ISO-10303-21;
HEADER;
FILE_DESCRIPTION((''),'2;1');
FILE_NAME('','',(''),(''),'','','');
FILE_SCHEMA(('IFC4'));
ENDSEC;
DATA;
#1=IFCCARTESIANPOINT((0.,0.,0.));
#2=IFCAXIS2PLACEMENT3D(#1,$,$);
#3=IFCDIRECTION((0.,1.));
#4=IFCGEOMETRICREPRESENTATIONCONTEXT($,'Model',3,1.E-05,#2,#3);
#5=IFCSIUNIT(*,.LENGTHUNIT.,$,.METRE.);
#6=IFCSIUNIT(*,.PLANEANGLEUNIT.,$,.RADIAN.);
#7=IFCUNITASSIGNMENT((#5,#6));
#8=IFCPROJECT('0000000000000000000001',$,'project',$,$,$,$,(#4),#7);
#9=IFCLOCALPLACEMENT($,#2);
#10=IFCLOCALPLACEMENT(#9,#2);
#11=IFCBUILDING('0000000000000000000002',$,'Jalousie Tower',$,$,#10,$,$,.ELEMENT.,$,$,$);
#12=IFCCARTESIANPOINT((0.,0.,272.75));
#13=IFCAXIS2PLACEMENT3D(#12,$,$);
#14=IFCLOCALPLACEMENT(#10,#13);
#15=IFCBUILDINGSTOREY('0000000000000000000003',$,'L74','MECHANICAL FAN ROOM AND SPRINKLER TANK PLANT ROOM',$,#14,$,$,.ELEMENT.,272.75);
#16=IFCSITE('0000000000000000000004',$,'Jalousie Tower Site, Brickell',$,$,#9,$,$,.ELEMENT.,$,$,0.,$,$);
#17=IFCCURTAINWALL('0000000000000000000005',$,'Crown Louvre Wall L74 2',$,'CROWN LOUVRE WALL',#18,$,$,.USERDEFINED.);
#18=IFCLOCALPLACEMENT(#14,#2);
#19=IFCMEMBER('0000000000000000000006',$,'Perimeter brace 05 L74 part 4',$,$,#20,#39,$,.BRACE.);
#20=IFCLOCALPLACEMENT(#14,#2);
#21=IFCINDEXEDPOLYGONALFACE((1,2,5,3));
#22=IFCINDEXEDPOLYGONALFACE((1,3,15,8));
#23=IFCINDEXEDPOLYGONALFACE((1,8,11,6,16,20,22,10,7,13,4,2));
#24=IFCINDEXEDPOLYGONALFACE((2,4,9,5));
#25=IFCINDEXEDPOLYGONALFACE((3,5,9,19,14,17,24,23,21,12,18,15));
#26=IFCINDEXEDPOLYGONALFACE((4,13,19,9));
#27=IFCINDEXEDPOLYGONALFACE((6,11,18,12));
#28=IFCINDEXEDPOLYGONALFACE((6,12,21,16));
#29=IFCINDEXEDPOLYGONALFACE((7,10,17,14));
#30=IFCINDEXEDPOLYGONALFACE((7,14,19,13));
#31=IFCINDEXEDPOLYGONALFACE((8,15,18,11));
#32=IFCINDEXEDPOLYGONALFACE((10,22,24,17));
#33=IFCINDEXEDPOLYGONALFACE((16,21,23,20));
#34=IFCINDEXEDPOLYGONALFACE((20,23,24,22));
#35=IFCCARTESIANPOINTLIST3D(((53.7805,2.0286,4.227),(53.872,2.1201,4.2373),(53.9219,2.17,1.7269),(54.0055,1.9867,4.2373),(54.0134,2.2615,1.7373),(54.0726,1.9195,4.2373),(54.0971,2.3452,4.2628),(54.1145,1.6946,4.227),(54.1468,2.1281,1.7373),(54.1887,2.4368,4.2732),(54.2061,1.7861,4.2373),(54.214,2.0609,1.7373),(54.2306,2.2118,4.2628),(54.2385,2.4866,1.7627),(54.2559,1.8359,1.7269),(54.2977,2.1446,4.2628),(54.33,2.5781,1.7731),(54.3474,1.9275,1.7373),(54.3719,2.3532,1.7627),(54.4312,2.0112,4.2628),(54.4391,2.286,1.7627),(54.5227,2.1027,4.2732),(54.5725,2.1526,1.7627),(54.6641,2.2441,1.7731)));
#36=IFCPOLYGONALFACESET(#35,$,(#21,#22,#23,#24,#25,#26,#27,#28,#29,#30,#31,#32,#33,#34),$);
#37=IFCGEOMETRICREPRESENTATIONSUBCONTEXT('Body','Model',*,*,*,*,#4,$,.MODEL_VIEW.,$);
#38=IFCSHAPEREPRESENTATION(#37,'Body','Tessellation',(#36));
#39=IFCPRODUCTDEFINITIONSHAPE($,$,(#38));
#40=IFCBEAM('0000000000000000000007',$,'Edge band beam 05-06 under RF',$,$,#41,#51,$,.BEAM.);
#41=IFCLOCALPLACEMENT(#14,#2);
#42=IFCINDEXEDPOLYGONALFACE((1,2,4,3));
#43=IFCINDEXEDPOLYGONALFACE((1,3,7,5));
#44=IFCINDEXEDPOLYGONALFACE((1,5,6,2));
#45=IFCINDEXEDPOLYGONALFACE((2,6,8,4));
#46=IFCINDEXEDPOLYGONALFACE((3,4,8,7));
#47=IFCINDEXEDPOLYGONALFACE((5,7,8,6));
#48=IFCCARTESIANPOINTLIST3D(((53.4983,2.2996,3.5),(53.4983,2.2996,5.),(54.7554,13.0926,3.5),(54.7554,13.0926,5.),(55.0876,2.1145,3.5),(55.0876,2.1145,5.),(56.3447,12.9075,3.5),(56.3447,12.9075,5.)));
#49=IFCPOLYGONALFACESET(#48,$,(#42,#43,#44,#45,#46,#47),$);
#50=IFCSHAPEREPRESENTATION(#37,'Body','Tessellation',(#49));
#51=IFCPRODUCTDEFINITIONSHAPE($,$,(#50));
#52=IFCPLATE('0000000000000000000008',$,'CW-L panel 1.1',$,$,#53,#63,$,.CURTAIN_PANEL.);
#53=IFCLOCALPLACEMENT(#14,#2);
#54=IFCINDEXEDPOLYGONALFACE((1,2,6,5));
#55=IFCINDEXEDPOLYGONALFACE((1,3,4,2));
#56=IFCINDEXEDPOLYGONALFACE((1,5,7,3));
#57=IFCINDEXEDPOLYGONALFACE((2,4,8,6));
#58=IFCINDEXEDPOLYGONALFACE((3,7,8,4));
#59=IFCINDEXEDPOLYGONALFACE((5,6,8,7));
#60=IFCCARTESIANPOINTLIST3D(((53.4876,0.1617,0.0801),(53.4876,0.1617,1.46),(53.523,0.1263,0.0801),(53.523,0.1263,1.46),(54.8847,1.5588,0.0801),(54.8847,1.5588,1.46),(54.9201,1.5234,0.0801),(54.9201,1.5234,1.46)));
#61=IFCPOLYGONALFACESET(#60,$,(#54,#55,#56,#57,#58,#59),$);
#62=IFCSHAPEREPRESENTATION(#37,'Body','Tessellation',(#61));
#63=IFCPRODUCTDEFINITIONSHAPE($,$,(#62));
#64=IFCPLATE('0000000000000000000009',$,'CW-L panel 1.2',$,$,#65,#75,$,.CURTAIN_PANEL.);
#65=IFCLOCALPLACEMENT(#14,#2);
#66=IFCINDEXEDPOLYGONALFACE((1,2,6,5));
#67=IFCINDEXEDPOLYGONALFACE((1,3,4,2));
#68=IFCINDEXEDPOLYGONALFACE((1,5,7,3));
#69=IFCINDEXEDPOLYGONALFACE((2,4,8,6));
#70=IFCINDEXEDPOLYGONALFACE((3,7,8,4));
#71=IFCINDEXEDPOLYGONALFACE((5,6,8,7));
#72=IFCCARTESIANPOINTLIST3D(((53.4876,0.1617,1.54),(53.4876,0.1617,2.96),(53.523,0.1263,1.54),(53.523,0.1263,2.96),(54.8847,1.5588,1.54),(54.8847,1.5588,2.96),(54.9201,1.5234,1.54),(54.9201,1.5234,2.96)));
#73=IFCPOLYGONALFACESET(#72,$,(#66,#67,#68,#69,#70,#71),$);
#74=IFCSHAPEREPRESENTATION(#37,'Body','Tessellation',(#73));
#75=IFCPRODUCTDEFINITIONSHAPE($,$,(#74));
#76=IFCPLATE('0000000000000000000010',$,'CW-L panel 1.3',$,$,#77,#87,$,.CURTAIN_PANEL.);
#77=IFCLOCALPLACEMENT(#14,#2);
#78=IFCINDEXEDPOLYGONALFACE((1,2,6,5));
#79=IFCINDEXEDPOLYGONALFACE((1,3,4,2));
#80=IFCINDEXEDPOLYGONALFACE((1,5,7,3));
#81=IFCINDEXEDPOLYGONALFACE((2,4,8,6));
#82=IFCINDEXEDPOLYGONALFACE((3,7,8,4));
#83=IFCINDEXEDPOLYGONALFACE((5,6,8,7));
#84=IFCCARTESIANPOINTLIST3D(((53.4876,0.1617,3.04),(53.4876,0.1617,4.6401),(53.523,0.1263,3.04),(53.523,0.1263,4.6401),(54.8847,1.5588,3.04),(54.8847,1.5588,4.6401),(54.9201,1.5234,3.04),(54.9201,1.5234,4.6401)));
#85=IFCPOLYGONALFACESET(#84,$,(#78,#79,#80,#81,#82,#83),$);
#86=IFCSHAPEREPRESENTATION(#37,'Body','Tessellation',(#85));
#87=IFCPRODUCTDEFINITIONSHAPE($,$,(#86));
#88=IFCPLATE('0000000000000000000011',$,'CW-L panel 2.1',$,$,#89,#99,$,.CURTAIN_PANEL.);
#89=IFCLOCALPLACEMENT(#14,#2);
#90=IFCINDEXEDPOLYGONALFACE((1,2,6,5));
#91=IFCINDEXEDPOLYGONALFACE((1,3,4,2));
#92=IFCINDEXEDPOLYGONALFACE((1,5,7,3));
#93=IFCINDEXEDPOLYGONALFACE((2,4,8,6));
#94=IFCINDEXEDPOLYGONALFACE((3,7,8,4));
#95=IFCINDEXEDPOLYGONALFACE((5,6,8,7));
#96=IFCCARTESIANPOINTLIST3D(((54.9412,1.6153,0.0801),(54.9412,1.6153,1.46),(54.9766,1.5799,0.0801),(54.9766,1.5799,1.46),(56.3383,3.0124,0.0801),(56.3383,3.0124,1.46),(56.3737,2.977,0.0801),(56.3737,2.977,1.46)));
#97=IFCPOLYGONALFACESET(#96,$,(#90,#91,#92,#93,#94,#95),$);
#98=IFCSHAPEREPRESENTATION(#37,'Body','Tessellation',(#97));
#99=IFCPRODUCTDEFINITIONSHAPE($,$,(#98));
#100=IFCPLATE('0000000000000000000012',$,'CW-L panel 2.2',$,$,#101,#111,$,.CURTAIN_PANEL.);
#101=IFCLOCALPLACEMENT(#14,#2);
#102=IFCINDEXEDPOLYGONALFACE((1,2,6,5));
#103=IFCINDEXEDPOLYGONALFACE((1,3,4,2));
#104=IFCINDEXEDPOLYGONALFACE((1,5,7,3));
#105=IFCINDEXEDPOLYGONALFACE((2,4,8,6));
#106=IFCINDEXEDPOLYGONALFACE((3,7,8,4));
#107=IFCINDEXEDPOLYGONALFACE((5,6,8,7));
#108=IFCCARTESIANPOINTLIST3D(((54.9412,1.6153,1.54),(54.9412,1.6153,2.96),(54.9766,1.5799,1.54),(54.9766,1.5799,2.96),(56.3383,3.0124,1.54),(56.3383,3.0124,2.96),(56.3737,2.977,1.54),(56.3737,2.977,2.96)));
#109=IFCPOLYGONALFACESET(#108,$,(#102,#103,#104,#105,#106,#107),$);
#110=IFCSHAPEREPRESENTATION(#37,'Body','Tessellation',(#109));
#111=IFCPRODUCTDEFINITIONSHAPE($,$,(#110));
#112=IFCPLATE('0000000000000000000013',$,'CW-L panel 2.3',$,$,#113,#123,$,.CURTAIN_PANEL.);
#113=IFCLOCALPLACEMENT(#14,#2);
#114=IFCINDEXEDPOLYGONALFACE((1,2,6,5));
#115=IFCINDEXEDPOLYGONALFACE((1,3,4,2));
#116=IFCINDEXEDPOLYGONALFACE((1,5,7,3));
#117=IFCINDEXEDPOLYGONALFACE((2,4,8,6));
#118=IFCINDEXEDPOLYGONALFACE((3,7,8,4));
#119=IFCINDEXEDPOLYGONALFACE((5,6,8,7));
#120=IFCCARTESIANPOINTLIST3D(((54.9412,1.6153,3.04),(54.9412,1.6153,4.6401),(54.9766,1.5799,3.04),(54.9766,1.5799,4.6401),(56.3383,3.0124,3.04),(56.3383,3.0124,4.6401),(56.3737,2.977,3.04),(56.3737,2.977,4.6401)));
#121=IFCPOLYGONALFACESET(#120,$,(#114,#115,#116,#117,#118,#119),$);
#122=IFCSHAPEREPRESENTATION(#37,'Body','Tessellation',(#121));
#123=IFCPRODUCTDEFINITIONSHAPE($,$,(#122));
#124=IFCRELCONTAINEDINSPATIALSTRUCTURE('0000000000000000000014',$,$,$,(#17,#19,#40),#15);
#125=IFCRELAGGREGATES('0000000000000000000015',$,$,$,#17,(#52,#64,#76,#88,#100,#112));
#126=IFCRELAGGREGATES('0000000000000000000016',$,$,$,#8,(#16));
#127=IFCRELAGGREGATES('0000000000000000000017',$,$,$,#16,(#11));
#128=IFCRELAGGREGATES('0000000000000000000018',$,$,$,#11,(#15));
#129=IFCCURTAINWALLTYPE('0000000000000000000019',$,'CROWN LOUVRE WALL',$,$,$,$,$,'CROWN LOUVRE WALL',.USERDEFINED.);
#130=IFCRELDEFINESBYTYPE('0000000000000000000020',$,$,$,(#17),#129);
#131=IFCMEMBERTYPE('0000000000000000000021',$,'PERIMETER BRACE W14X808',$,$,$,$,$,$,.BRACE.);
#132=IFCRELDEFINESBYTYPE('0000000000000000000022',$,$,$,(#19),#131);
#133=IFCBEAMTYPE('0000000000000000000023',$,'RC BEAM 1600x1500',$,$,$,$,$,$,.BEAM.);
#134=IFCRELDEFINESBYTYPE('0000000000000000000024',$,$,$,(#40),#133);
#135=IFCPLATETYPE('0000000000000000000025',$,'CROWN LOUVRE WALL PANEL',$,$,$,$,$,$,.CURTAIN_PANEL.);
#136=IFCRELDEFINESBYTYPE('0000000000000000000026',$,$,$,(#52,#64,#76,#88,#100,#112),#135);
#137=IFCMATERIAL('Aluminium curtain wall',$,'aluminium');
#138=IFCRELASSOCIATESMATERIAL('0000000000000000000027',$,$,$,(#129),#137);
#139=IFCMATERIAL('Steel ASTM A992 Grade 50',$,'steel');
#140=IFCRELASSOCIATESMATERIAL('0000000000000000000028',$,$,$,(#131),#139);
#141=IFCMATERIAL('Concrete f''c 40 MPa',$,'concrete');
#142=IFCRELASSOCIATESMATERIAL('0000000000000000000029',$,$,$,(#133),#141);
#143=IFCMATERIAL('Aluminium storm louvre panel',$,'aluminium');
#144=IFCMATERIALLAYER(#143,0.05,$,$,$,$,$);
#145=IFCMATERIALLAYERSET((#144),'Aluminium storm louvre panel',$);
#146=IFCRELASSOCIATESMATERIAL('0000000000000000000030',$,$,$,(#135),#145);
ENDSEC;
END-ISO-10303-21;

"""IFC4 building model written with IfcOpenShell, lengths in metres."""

from ifc_helpers import new_model, si_unit, direction, frame, origin, origin_2d, place, context, subcontext, project, spatial, rectangle, i_section, extrude, material, layer, layer_set, material_profile, profile_set, type_object, element, aggregate, save


model = new_model("IFC4")

# Units and contexts
model_context = context("Model", 3, precision=1e-05, world=origin(), true_north=direction((0.0, 1.0)))
body_context = subcontext(model_context, "Body", "Model", "MODEL_VIEW")
ifc_project = project(units=[si_unit("LENGTHUNIT", "METRE"), si_unit("PLANEANGLEUNIT", "RADIAN")], contexts=[model_context])

# Site, building, storey
site_placement = place(None, origin())
site = spatial("IfcSite", under=ifc_project, at=site_placement, Name="Jalousie Tower Site, Brickell", CompositionType="ELEMENT", RefElevation=0.0)
building_placement = place(site_placement, origin())
building = spatial("IfcBuilding", under=site, at=building_placement, Name="Jalousie Tower", CompositionType="ELEMENT")
storey_placement = place(building_placement, frame((0.0, 0.0, 272.75)))
storey = spatial("IfcBuildingStorey", under=building, at=storey_placement, Name="L74", Description="MECHANICAL FAN ROOM AND SPRINKLER TANK PLANT ROOM", CompositionType="ELEMENT", Elevation=272.75)

# Curtain wall
ifc_material_1 = material(Name="Aluminium curtain wall", Category="aluminium")
curtain_wall_type = type_object("IfcCurtainWallType", Name="CROWN LOUVRE WALL", ElementType="CROWN LOUVRE WALL", PredefinedType="USERDEFINED", material=ifc_material_1)
curtain_wall_placement = place(storey_placement, origin())
curtain_wall = element("IfcCurtainWall", 1, at=curtain_wall_placement, inside=storey, type_object=curtain_wall_type, Name="Crown Louvre Wall L74 2", ObjectType="CROWN LOUVRE WALL", PredefinedType="USERDEFINED")

# Member
ifc_material_2 = material(Name="Steel ASTM A992 Grade 50", Category="steel")
ifc_material_profile_1 = material_profile(ifc_material_2, i_section(OverallWidth=0.4724, OverallDepth=0.5791, WebThickness=0.095, FlangeThickness=0.1299, at=origin_2d()), Name="W14X808")
ifc_profile_set_1 = profile_set([ifc_material_profile_1], Name="Steel ASTM A992 Grade 50")
member_type_1 = type_object("IfcMemberType", Name="PERIMETER BRACE W14X808", PredefinedType="BRACE", material=ifc_profile_set_1)
for number, where, z_axis, x_axis, name in (
    (2, (54.293, 2.207, 1.75), (-0.056363, -0.056363, 0.996818), (0.707107, -0.707107, 0.0), "Perimeter brace 05 L74 part 4"),
):
    element("IfcMember", number, at=place(storey_placement, frame(where, z_axis=z_axis, x_axis=x_axis)), inside=storey, type_object=member_type_1, Name=name, PredefinedType="BRACE", context=body_context, shape_type="SweptSolid", body=[
        extrude(i_section(OverallWidth=0.4724, OverallDepth=0.5791, WebThickness=0.095, FlangeThickness=0.1299, at=origin_2d()), origin(), (0.0, 0.0, 1.0), 2.5081),
    ])

# Beam
ifc_material_3 = material(Name="Concrete f'c 40 MPa", Category="concrete")
ifc_material_profile_2 = material_profile(ifc_material_3, rectangle(XDim=1.6001, YDim=1.5, at=origin_2d()), Name="RC 1600x1500")
ifc_profile_set_2 = profile_set([ifc_material_profile_2], Name="Concrete f'c 40 MPa")
beam_type = type_object("IfcBeamType", Name="RC BEAM 1600x1500", PredefinedType="BEAM", material=ifc_profile_set_2)
beam_placement = place(storey_placement, frame((54.293, 2.207, 4.25), z_axis=(0.11569, 0.993285, 0.0), x_axis=(-0.993285, 0.11569, 0.0)))
element("IfcBeam", 3, at=beam_placement, inside=storey, type_object=beam_type, Name="Edge band beam 05-06 under RF", PredefinedType="BEAM", context=body_context, shape_type="SweptSolid", body=[
    extrude(rectangle(XDim=1.6001, YDim=1.5, at=origin_2d()), origin(), (0.0, 0.0, 1.0), 10.866),
])

# Plates
ifc_material_4 = material(Name="Aluminium storm louvre panel", Category="aluminium")
ifc_layer = layer(ifc_material_4, 0.05)
ifc_layer_set = layer_set([ifc_layer], Name="Aluminium storm louvre panel")
plate_type = type_object("IfcPlateType", Name="CROWN LOUVRE WALL PANEL", PredefinedType="CURTAIN_PANEL", material=ifc_layer_set)
plate_1_placement = place(storey_placement, frame((54.2039, 0.8425, 0.0801), z_axis=(0.0, 0.0, 1.0), x_axis=(0.707107, 0.707107, 0.0)))
plate_1 = element("IfcPlate", 4, at=plate_1_placement, type_object=plate_type, Name="CW-L panel 1.1", PredefinedType="CURTAIN_PANEL", context=body_context, shape_type="SweptSolid", body=[
    extrude(rectangle(XDim=1.9758, YDim=0.05, at=origin_2d()), origin(), (0.0, 0.0, 1.0), 1.3799),
])
plate_2_placement = place(storey_placement, frame((54.2039, 0.8425, 1.54), z_axis=(0.0, 0.0, 1.0), x_axis=(0.707107, 0.707107, 0.0)))
plate_2 = element("IfcPlate", 5, at=plate_2_placement, type_object=plate_type, Name="CW-L panel 1.2", PredefinedType="CURTAIN_PANEL", context=body_context, shape_type="SweptSolid", body=[
    extrude(rectangle(XDim=1.9758, YDim=0.05, at=origin_2d()), origin(), (0.0, 0.0, 1.0), 1.4199),
])
plate_3_placement = place(storey_placement, frame((54.2039, 0.8425, 3.04), z_axis=(0.0, 0.0, 1.0), x_axis=(0.707107, 0.707107, 0.0)))
plate_3 = element("IfcPlate", 6, at=plate_3_placement, type_object=plate_type, Name="CW-L panel 1.3", PredefinedType="CURTAIN_PANEL", context=body_context, shape_type="SweptSolid", body=[
    extrude(rectangle(XDim=1.9758, YDim=0.05, at=origin_2d()), origin(), (0.0, 0.0, 1.0), 1.6001),
])
plate_4_placement = place(storey_placement, frame((55.6575, 2.2961, 0.0801), z_axis=(0.0, 0.0, 1.0), x_axis=(0.707107, 0.707107, 0.0)))
plate_4 = element("IfcPlate", 7, at=plate_4_placement, type_object=plate_type, Name="CW-L panel 2.1", PredefinedType="CURTAIN_PANEL", context=body_context, shape_type="SweptSolid", body=[
    extrude(rectangle(XDim=1.9758, YDim=0.05, at=origin_2d()), origin(), (0.0, 0.0, 1.0), 1.3799),
])
plate_5_placement = place(storey_placement, frame((55.6575, 2.2961, 1.54), z_axis=(0.0, 0.0, 1.0), x_axis=(0.707107, 0.707107, 0.0)))
plate_5 = element("IfcPlate", 8, at=plate_5_placement, type_object=plate_type, Name="CW-L panel 2.2", PredefinedType="CURTAIN_PANEL", context=body_context, shape_type="SweptSolid", body=[
    extrude(rectangle(XDim=1.9758, YDim=0.05, at=origin_2d()), origin(), (0.0, 0.0, 1.0), 1.4199),
])
plate_6_placement = place(storey_placement, frame((55.6575, 2.2961, 3.04), z_axis=(0.0, 0.0, 1.0), x_axis=(0.707107, 0.707107, 0.0)))
plate_6 = element("IfcPlate", 9, at=plate_6_placement, type_object=plate_type, Name="CW-L panel 2.3", PredefinedType="CURTAIN_PANEL", context=body_context, shape_type="SweptSolid", body=[
    extrude(rectangle(XDim=1.9758, YDim=0.05, at=origin_2d()), origin(), (0.0, 0.0, 1.0), 1.6001),
])
aggregate(curtain_wall, [plate_1, plate_2, plate_3, plate_4, plate_5, plate_6])

save(model, "model.ifc")
